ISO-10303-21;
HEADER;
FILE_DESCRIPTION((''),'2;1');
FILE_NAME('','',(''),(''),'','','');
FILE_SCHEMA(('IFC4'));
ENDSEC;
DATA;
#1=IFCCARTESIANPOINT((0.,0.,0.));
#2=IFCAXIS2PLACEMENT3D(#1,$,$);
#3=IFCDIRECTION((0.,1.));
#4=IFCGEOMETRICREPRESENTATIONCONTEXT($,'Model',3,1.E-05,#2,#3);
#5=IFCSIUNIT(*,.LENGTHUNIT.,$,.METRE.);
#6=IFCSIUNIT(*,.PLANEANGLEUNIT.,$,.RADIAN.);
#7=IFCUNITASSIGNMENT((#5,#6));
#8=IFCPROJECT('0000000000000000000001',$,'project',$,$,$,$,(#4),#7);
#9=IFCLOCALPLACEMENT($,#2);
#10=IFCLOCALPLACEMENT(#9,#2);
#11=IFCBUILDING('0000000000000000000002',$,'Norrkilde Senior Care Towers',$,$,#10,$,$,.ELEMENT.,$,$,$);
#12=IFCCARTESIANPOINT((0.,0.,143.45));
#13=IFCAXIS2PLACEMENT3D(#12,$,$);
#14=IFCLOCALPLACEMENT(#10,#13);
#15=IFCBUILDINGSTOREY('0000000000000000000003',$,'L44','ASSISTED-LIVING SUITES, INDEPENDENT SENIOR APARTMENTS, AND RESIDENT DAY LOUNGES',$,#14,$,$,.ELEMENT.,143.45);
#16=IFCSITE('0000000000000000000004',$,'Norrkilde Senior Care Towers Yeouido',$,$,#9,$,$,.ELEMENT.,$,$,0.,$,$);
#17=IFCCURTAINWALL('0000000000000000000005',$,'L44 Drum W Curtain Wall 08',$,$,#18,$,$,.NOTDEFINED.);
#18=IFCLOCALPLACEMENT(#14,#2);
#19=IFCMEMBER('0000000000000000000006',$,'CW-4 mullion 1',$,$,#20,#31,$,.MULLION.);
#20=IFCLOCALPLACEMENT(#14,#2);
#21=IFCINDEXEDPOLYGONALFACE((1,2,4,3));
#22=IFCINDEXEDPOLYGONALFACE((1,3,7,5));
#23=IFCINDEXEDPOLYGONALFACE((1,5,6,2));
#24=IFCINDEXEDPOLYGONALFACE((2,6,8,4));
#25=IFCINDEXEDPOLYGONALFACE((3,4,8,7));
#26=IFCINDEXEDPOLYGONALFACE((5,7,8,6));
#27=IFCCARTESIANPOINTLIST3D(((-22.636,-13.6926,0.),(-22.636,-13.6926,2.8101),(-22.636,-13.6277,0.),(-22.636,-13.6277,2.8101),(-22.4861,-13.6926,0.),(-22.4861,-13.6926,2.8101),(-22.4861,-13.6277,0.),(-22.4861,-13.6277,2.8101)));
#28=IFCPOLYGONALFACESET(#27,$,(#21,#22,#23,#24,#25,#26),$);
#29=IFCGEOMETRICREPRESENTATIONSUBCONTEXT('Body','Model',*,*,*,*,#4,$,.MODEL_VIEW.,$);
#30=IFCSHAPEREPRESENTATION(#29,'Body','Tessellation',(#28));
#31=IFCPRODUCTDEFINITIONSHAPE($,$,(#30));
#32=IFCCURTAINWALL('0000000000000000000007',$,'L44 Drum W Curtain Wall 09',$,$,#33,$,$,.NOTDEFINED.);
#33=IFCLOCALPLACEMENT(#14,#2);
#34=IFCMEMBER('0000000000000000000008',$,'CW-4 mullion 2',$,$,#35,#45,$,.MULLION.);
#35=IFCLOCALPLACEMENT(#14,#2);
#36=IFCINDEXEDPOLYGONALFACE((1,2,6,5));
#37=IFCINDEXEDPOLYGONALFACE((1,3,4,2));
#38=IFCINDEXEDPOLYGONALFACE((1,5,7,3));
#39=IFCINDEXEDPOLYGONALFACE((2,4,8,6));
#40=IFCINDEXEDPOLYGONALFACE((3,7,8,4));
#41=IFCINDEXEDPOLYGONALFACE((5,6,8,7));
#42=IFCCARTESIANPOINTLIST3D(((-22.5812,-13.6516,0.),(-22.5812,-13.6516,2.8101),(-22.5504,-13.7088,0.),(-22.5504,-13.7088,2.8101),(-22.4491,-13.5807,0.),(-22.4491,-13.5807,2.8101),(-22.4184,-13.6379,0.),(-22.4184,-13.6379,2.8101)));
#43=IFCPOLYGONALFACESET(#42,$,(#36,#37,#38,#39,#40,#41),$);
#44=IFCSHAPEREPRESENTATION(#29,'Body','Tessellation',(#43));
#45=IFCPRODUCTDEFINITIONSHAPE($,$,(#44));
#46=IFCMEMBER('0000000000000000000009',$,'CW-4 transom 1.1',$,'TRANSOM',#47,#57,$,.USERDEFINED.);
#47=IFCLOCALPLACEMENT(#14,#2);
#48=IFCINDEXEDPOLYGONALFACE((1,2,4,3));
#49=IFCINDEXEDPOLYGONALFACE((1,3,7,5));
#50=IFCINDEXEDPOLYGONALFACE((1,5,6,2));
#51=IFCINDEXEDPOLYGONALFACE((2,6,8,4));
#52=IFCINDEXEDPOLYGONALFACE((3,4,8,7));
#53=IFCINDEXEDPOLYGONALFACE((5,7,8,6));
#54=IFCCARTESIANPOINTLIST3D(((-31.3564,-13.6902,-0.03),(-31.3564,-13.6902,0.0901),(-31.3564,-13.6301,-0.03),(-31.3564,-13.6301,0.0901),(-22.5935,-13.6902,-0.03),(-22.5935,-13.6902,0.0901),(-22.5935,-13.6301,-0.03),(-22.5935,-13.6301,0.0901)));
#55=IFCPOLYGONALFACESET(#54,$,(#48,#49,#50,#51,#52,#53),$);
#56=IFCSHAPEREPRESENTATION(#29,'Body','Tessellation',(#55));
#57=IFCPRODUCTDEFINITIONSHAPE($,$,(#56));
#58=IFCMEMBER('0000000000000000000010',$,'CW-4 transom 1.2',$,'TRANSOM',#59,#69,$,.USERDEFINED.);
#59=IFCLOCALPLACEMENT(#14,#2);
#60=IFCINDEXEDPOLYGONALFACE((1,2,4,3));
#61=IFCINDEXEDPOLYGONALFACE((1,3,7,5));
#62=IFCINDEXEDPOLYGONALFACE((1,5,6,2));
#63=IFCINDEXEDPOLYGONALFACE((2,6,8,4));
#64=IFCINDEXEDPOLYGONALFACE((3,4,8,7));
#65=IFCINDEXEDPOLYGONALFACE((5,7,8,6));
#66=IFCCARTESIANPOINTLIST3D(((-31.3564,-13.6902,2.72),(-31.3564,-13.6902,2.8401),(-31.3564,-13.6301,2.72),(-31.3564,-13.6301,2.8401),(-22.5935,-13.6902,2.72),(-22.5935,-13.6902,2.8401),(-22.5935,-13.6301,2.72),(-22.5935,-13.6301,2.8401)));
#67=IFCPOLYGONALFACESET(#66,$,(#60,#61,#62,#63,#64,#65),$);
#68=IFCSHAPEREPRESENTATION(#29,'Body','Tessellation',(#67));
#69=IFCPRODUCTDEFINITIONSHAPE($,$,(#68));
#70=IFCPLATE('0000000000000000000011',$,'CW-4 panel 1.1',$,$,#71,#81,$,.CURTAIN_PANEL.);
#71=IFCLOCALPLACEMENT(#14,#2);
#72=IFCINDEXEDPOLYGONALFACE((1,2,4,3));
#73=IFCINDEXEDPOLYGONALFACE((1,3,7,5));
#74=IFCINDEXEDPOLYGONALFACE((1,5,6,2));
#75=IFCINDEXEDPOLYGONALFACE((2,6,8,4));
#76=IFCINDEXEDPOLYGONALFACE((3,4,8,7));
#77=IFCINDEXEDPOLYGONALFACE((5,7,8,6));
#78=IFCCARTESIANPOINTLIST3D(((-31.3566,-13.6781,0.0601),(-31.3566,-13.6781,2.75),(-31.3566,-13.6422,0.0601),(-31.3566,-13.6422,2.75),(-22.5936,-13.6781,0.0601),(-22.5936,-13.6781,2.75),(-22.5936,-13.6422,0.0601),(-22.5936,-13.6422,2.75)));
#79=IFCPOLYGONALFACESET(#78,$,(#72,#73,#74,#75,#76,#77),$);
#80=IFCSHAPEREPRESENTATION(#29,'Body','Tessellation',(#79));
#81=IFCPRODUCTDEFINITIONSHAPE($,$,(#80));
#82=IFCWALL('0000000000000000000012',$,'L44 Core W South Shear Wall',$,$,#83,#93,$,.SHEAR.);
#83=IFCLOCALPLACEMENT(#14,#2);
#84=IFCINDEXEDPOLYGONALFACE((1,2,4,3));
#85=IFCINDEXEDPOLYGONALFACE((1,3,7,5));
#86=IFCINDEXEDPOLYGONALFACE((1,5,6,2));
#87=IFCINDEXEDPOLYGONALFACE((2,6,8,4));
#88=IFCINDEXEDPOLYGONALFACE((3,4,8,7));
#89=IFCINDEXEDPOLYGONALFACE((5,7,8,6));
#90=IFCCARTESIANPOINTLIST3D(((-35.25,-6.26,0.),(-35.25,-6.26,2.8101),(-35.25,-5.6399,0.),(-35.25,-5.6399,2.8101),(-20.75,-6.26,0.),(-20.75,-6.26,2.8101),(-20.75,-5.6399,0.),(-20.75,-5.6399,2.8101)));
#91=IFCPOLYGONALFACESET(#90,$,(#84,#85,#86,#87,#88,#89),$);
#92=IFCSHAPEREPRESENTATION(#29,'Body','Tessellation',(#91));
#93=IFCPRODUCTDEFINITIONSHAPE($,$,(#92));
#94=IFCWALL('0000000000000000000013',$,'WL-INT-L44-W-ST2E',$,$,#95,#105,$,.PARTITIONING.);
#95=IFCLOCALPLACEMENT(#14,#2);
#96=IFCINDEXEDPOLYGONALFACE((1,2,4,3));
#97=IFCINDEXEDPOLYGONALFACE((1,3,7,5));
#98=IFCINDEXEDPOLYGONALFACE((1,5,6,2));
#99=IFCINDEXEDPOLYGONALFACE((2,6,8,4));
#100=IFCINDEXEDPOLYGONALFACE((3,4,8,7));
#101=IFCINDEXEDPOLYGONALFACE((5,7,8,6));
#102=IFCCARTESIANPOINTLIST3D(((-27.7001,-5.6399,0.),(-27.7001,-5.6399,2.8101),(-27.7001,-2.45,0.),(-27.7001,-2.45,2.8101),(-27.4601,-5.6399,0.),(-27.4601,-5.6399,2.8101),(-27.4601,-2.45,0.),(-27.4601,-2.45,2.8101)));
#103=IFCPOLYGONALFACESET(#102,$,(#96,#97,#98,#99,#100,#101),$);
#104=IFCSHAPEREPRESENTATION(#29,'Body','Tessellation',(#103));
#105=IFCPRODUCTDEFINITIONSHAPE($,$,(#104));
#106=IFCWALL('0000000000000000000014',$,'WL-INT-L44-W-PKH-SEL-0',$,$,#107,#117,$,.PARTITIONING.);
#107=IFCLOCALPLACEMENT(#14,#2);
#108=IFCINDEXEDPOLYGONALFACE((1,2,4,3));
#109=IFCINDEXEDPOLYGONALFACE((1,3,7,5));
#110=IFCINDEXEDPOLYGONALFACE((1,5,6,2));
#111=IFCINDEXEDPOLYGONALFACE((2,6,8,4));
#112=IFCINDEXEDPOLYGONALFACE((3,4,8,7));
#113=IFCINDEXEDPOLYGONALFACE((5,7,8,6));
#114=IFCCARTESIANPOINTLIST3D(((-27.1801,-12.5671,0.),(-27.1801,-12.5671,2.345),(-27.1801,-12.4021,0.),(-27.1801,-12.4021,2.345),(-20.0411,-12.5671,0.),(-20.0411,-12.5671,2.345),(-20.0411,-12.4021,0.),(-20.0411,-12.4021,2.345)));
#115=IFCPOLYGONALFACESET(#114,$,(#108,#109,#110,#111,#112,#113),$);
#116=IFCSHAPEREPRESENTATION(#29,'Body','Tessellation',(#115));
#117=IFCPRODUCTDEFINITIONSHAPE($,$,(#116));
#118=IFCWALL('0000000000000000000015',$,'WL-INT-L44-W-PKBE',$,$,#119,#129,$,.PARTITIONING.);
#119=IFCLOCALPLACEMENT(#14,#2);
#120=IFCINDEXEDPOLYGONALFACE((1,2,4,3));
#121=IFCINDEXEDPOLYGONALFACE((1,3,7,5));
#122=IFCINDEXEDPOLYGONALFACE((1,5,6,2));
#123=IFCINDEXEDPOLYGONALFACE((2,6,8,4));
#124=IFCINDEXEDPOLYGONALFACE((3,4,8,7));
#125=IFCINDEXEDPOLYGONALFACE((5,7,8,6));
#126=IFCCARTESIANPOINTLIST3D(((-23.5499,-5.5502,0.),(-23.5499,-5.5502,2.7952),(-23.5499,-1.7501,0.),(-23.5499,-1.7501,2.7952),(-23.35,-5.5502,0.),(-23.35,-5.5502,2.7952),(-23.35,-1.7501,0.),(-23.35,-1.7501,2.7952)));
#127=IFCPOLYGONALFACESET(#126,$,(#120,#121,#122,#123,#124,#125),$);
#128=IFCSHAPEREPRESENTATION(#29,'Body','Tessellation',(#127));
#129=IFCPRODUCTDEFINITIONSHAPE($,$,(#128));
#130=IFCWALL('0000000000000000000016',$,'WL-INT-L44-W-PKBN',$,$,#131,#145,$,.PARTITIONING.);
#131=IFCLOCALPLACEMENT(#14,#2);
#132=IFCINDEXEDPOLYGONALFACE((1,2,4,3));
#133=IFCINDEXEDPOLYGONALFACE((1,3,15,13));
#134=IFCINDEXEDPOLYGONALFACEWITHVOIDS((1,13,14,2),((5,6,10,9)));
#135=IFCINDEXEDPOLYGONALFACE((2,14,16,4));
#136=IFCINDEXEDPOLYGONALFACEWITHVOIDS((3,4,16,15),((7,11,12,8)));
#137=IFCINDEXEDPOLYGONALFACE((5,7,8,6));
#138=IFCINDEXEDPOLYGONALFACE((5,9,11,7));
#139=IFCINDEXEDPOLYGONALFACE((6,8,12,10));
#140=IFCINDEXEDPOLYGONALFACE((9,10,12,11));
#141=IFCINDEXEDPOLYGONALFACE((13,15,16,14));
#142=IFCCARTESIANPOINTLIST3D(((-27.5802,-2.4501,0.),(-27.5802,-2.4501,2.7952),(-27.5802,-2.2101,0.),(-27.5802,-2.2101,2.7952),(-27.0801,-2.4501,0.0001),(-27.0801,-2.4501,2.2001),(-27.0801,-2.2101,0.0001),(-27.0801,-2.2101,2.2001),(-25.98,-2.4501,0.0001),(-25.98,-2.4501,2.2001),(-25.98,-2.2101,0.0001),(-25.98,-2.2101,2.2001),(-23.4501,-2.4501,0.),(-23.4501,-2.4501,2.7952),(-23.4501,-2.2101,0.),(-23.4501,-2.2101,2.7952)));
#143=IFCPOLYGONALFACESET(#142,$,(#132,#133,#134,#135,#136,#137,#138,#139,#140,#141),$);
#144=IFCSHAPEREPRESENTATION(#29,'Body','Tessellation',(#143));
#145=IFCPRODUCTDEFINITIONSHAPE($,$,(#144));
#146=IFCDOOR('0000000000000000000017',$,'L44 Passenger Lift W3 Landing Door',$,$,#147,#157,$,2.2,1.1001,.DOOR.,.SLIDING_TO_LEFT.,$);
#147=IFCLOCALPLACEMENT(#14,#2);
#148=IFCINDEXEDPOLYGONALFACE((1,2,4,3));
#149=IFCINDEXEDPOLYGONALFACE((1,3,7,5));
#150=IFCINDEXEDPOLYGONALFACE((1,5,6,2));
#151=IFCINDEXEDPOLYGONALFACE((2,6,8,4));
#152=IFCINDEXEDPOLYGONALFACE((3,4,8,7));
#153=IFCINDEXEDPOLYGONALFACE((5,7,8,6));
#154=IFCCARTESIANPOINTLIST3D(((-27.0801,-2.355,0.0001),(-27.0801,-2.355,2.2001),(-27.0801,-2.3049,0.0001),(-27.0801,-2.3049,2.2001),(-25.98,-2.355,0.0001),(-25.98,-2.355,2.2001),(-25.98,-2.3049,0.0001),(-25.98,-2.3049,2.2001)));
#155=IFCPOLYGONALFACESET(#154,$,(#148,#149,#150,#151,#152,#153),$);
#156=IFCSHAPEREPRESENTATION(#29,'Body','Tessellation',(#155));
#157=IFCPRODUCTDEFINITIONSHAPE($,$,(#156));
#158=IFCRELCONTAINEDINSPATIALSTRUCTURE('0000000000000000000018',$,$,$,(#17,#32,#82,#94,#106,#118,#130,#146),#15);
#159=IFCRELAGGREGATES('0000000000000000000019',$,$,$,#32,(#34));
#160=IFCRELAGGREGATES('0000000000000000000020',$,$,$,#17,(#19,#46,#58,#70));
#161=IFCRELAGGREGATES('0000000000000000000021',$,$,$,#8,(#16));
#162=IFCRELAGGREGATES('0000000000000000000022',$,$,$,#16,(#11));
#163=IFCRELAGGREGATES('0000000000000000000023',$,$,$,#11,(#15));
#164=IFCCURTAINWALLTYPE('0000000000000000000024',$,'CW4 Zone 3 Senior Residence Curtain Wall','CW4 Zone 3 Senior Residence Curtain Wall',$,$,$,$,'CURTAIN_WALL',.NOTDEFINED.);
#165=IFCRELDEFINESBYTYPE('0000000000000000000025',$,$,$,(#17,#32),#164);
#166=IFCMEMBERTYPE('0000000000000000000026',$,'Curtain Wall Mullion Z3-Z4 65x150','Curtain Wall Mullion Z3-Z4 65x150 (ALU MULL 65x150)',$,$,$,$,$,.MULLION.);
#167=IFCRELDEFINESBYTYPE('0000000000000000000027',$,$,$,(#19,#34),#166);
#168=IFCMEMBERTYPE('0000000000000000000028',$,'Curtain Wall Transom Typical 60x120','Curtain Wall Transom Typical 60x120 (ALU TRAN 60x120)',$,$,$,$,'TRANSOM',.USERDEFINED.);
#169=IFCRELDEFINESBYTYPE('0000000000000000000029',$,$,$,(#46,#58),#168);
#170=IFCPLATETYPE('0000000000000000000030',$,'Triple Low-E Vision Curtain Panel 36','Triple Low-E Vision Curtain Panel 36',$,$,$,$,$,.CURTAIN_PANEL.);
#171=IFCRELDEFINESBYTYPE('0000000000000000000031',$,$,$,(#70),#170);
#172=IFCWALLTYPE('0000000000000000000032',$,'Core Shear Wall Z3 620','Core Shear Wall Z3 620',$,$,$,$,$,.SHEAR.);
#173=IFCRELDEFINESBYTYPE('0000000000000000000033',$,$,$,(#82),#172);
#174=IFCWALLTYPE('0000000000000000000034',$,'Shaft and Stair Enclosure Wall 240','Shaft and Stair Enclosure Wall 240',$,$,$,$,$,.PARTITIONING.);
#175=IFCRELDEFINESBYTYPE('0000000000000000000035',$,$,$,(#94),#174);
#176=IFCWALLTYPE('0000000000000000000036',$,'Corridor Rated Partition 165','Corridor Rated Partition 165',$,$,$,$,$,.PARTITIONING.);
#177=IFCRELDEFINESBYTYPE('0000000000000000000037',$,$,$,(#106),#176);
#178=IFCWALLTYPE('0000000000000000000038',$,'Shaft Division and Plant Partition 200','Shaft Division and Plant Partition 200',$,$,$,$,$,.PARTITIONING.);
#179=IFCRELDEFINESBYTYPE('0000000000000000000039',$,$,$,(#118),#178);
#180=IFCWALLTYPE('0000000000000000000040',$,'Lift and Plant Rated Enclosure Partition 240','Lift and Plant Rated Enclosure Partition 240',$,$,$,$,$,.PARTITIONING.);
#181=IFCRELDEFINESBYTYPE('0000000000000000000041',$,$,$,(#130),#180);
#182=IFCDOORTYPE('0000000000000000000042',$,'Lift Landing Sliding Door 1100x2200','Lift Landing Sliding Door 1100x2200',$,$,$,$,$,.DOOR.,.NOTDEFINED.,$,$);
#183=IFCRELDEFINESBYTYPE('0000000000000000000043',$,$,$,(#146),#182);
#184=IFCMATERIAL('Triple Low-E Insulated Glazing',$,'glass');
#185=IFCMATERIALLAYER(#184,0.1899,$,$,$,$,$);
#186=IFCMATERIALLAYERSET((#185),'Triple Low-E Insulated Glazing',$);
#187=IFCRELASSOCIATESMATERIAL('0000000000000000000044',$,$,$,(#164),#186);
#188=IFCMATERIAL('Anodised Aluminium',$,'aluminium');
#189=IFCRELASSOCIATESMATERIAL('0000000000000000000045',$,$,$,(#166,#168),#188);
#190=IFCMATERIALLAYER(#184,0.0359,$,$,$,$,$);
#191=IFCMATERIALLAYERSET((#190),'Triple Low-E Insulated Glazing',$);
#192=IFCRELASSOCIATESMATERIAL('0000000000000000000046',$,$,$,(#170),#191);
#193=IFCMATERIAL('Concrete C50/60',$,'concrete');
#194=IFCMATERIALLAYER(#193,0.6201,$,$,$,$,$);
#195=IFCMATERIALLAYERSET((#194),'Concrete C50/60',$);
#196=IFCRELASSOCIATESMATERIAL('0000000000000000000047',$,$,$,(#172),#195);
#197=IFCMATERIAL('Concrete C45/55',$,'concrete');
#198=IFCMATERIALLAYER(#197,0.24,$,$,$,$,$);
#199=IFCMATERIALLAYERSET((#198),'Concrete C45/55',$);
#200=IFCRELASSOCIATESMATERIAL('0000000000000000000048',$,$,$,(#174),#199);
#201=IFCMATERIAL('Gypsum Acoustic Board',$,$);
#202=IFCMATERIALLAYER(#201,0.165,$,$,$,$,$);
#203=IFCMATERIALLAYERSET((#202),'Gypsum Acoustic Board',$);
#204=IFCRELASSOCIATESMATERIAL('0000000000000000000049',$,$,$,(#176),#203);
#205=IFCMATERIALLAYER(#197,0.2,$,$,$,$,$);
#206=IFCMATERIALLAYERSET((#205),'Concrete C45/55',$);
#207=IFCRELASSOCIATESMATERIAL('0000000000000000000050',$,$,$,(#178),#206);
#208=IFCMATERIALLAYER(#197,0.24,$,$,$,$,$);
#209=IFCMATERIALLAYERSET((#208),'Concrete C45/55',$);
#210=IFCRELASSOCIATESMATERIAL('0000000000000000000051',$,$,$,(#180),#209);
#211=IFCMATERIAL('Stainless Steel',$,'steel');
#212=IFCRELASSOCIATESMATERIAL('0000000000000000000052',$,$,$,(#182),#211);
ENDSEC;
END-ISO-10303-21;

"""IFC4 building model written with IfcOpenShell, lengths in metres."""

from ifc_helpers import new_model, si_unit, direction, frame, frame_2d, origin, origin_2d, place, context, subcontext, project, spatial, rectangle, extrude, source, transform, mapped, material, layer, layer_set, material_profile, profile_set, type_object, type_shapes, element, fill, aggregate, save


model = new_model("IFC4")

# Units and contexts
model_context = context("Model", 3, precision=1e-05, world=origin(), true_north=direction((0.0, 1.0)))
body_context = subcontext(model_context, "Body", "Model", "MODEL_VIEW")
ifc_project = project(units=[si_unit("LENGTHUNIT", "METRE"), si_unit("PLANEANGLEUNIT", "RADIAN")], contexts=[model_context])

# Site, building, storey
site_placement = place(None, origin())
site = spatial("IfcSite", under=ifc_project, at=site_placement, Name="Norrkilde Senior Care Towers Yeouido", CompositionType="ELEMENT", RefElevation=0.0)
building_placement = place(site_placement, origin())
building = spatial("IfcBuilding", under=site, at=building_placement, Name="Norrkilde Senior Care Towers", CompositionType="ELEMENT")
storey_placement = place(building_placement, frame((0.0, 0.0, 143.45)))
storey = spatial("IfcBuildingStorey", under=building, at=storey_placement, Name="L44", Description="ASSISTED-LIVING SUITES, INDEPENDENT SENIOR APARTMENTS, AND RESIDENT DAY LOUNGES", CompositionType="ELEMENT", Elevation=143.45)

# Shared definitions
ifc_material_1 = material(Name="Concrete C50/60", Category="concrete")

# Curtain walls, members
ifc_material_2 = material(Name="Triple Low-E Insulated Glazing", Category="glass")
ifc_layer_1 = layer(ifc_material_2, 0.1899)
ifc_layer_set_1 = layer_set([ifc_layer_1], Name="Triple Low-E Insulated Glazing")
curtain_wall_type = type_object("IfcCurtainWallType", Name="CW4 Zone 3 Senior Residence Curtain Wall", Description="CW4 Zone 3 Senior Residence Curtain Wall", ElementType="CURTAIN_WALL", PredefinedType="NOTDEFINED", material=ifc_layer_set_1)
curtain_wall_1_placement = place(storey_placement, origin())
curtain_wall_1 = element("IfcCurtainWall", 1, at=curtain_wall_1_placement, inside=storey, type_object=curtain_wall_type, Name="L44 Drum W Curtain Wall 08", PredefinedType="NOTDEFINED")
ifc_material_3 = material(Name="Anodised Aluminium", Category="aluminium")
ifc_material_profile_1 = material_profile(ifc_material_3, rectangle(XDim=0.0649, YDim=0.1499, at=origin_2d()), Name="ALU MULL 65x150")
ifc_profile_set_1 = profile_set([ifc_material_profile_1], Name="Anodised Aluminium")
member_type_1 = type_object("IfcMemberType", Name="Curtain Wall Mullion Z3-Z4 65x150", Description="Curtain Wall Mullion Z3-Z4 65x150 (ALU MULL 65x150)", PredefinedType="MULLION", material=ifc_profile_set_1)
shared_shape_1 = source(origin(), body_context, "Body", "SweptSolid", [
    extrude(rectangle(XDim=0.0649, YDim=0.1499, at=origin_2d()), origin(), (0.0, 0.0, 1.0), 2.8101),
])
type_shapes(member_type_1, [shared_shape_1])
member_1_placement = place(storey_placement, frame((-22.561, -13.6602, 0.0), z_axis=(0.0, 0.0, 1.0), x_axis=(0.0, -1.0, 0.0)))
member_1 = element("IfcMember", 2, at=member_1_placement, type_object=member_type_1, Name="CW-4 mullion 1", PredefinedType="MULLION", context=body_context, shape_type="MappedRepresentation", body=[
    mapped(shared_shape_1, transform((0.0, 0.0, 0.0), x_axis=(1.0, 0.0, 0.0), y_axis=(0.0, 1.0, 0.0), z_axis=(0.0, 0.0, 1.0), scale=1.0)),
])
curtain_wall_2_placement = place(storey_placement, origin())
curtain_wall_2 = element("IfcCurtainWall", 3, at=curtain_wall_2_placement, inside=storey, type_object=curtain_wall_type, Name="L44 Drum W Curtain Wall 09", PredefinedType="NOTDEFINED")
member_2_placement = place(storey_placement, frame((-22.4998, -13.6448, 0.0), z_axis=(0.0, 0.0, 1.0), x_axis=(0.473117, -0.881, 0.0)))
member_2 = element("IfcMember", 4, at=member_2_placement, type_object=member_type_1, Name="CW-4 mullion 2", PredefinedType="MULLION", context=body_context, shape_type="MappedRepresentation", body=[
    mapped(shared_shape_1, transform((0.0, 0.0, 0.0), x_axis=(1.0, 0.0, 0.0), y_axis=(0.0, 1.0, 0.0), z_axis=(0.0, 0.0, 1.0), scale=1.0)),
])
aggregate(curtain_wall_2, [member_2])

# Members
ifc_material_profile_2 = material_profile(ifc_material_3, rectangle(XDim=0.0601, YDim=0.1201, at=origin_2d()), Name="ALU TRAN 60x120")
ifc_profile_set_2 = profile_set([ifc_material_profile_2], Name="Anodised Aluminium")
member_type_2 = type_object("IfcMemberType", Name="Curtain Wall Transom Typical 60x120", Description="Curtain Wall Transom Typical 60x120 (ALU TRAN 60x120)", ElementType="TRANSOM", PredefinedType="USERDEFINED", material=ifc_profile_set_2)
shared_shape_2 = source(origin(), body_context, "Body", "SweptSolid", [
    extrude(rectangle(XDim=0.0601, YDim=0.1201, at=origin_2d()), origin(), (0.0, 0.0, 1.0), 8.7629),
])
type_shapes(member_type_2, [shared_shape_2])
member_3_placement = place(storey_placement, frame((-22.5935, -13.6602, 0.03), z_axis=(-1.0, 0.0, 0.0), x_axis=(0.0, -1.0, 0.0)))
member_3 = element("IfcMember", 5, at=member_3_placement, type_object=member_type_2, Name="CW-4 transom 1.1", ObjectType="TRANSOM", PredefinedType="USERDEFINED", context=body_context, shape_type="MappedRepresentation", body=[
    mapped(shared_shape_2, transform((0.0, 0.0, 0.0), x_axis=(1.0, 0.0, 0.0), y_axis=(0.0, 1.0, 0.0), z_axis=(0.0, 0.0, 1.0), scale=1.0)),
])
member_4_placement = place(storey_placement, frame((-22.5935, -13.6602, 2.78), z_axis=(-1.0, 0.0, 0.0), x_axis=(0.0, -1.0, 0.0)))
member_4 = element("IfcMember", 6, at=member_4_placement, type_object=member_type_2, Name="CW-4 transom 1.2", ObjectType="TRANSOM", PredefinedType="USERDEFINED", context=body_context, shape_type="MappedRepresentation", body=[
    mapped(shared_shape_2, transform((0.0, 0.0, 0.0), x_axis=(1.0, 0.0, 0.0), y_axis=(0.0, 1.0, 0.0), z_axis=(0.0, 0.0, 1.0), scale=1.0)),
])

# Plate
ifc_layer_2 = layer(ifc_material_2, 0.0359)
ifc_layer_set_2 = layer_set([ifc_layer_2], Name="Triple Low-E Insulated Glazing")
plate_type = type_object("IfcPlateType", Name="Triple Low-E Vision Curtain Panel 36", Description="Triple Low-E Vision Curtain Panel 36", PredefinedType="CURTAIN_PANEL", material=ifc_layer_set_2)
shared_shape_3 = source(origin(), body_context, "Body", "SweptSolid", [
    extrude(rectangle(XDim=8.7629, YDim=0.0359, at=origin_2d()), origin(), (0.0, 0.0, 1.0), 2.6899),
])
type_shapes(plate_type, [shared_shape_3])
plate_placement = place(storey_placement, frame((-26.9751, -13.6602, 0.0601), z_axis=(0.0, 0.0, 1.0), x_axis=(-1.0, 0.0, 0.0)))
plate = element("IfcPlate", 7, at=plate_placement, type_object=plate_type, Name="CW-4 panel 1.1", PredefinedType="CURTAIN_PANEL", context=body_context, shape_type="MappedRepresentation", body=[
    mapped(shared_shape_3, transform((0.0, 0.0, 0.0), x_axis=(1.0, 0.0, 0.0), y_axis=(0.0, 1.0, 0.0), z_axis=(0.0, 0.0, 1.0), scale=1.0)),
])
aggregate(curtain_wall_1, [member_1, member_3, member_4, plate])

# Walls
ifc_layer_3 = layer(ifc_material_1, 0.6201)
ifc_layer_set_3 = layer_set([ifc_layer_3], Name="Concrete C50/60")
wall_type_1 = type_object("IfcWallType", Name="Core Shear Wall Z3 620", Description="Core Shear Wall Z3 620", PredefinedType="SHEAR", material=ifc_layer_set_3)
shared_shape_4 = source(origin(), body_context, "Body", "SweptSolid", [
    extrude(rectangle(XDim=14.5, YDim=0.6201, at=frame_2d((7.25, 0.0))), origin(), (0.0, 0.0, 1.0), 2.8101),
])
type_shapes(wall_type_1, [shared_shape_4])
wall_1_placement = place(storey_placement, frame((-20.75, -5.95, 0.0), z_axis=(0.0, 0.0, 1.0), x_axis=(-1.0, 0.0, 0.0)))
element("IfcWall", 8, at=wall_1_placement, inside=storey, type_object=wall_type_1, Name="L44 Core W South Shear Wall", PredefinedType="SHEAR", context=body_context, shape_type="MappedRepresentation", body=[
    mapped(shared_shape_4, transform((0.0, 0.0, 0.0), x_axis=(1.0, 0.0, 0.0), y_axis=(0.0, 1.0, 0.0), z_axis=(0.0, 0.0, 1.0), scale=1.0)),
])
ifc_material_4 = material(Name="Concrete C45/55", Category="concrete")
ifc_layer_4 = layer(ifc_material_4, 0.24)
ifc_layer_set_4 = layer_set([ifc_layer_4], Name="Concrete C45/55")
wall_type_2 = type_object("IfcWallType", Name="Shaft and Stair Enclosure Wall 240", Description="Shaft and Stair Enclosure Wall 240", PredefinedType="PARTITIONING", material=ifc_layer_set_4)
shared_shape_5 = source(origin(), body_context, "Body", "SweptSolid", [
    extrude(rectangle(XDim=3.1899, YDim=0.24, at=frame_2d((1.595, 0.0))), origin(), (0.0, 0.0, 1.0), 2.8101),
])
type_shapes(wall_type_2, [shared_shape_5])
wall_2_placement = place(storey_placement, frame((-27.5801, -5.6399, 0.0), z_axis=(0.0, 0.0, 1.0), x_axis=(0.0, 1.0, 0.0)))
element("IfcWall", 9, at=wall_2_placement, inside=storey, type_object=wall_type_2, Name="WL-INT-L44-W-ST2E", PredefinedType="PARTITIONING", context=body_context, shape_type="MappedRepresentation", body=[
    mapped(shared_shape_5, transform((0.0, 0.0, 0.0), x_axis=(1.0, 0.0, 0.0), y_axis=(0.0, 1.0, 0.0), z_axis=(0.0, 0.0, 1.0), scale=1.0)),
])
ifc_material_5 = material(Name="Gypsum Acoustic Board")
ifc_layer_5 = layer(ifc_material_5, 0.165)
ifc_layer_set_5 = layer_set([ifc_layer_5], Name="Gypsum Acoustic Board")
wall_type_3 = type_object("IfcWallType", Name="Corridor Rated Partition 165", Description="Corridor Rated Partition 165", PredefinedType="PARTITIONING", material=ifc_layer_set_5)
shared_shape_6 = source(origin(), body_context, "Body", "SweptSolid", [
    extrude(rectangle(XDim=7.1389, YDim=0.165, at=frame_2d((3.5693, 0.0))), origin(), (0.0, 0.0, 1.0), 2.345),
])
wall_3_placement = place(storey_placement, frame((-27.1799, -12.4846, 0.0), z_axis=(0.0, 0.0, 1.0), x_axis=(1.0, 0.0, 0.0)))
element("IfcWall", 10, at=wall_3_placement, inside=storey, type_object=wall_type_3, Name="WL-INT-L44-W-PKH-SEL-0", PredefinedType="PARTITIONING", context=body_context, shape_type="MappedRepresentation", body=[
    mapped(shared_shape_6, transform((0.0, 0.0, 0.0), x_axis=(1.0, 0.0, 0.0), y_axis=(0.0, 1.0, 0.0), z_axis=(0.0, 0.0, 1.0), scale=1.0)),
])
ifc_layer_6 = layer(ifc_material_4, 0.2)
ifc_layer_set_6 = layer_set([ifc_layer_6], Name="Concrete C45/55")
wall_type_4 = type_object("IfcWallType", Name="Shaft Division and Plant Partition 200", Description="Shaft Division and Plant Partition 200", PredefinedType="PARTITIONING", material=ifc_layer_set_6)
shared_shape_7 = source(origin(), body_context, "Body", "SweptSolid", [
    extrude(rectangle(XDim=3.8, YDim=0.2, at=frame_2d((1.8999, 0.0))), origin(), (0.0, 0.0, 1.0), 2.7952),
])
type_shapes(wall_type_4, [shared_shape_7])
wall_4_placement = place(storey_placement, frame((-23.45, -5.55, 0.0), z_axis=(0.0, 0.0, 1.0), x_axis=(0.0, 1.0, 0.0)))
element("IfcWall", 11, at=wall_4_placement, inside=storey, type_object=wall_type_4, Name="WL-INT-L44-W-PKBE", PredefinedType="PARTITIONING", context=body_context, shape_type="MappedRepresentation", body=[
    mapped(shared_shape_7, transform((0.0, 0.0, 0.0), x_axis=(1.0, 0.0, 0.0), y_axis=(0.0, 1.0, 0.0), z_axis=(0.0, 0.0, 1.0), scale=1.0)),
])

# Wall, opening, door
ifc_layer_7 = layer(ifc_material_4, 0.24)
ifc_layer_set_7 = layer_set([ifc_layer_7], Name="Concrete C45/55")
wall_type_5 = type_object("IfcWallType", Name="Lift and Plant Rated Enclosure Partition 240", Description="Lift and Plant Rated Enclosure Partition 240", PredefinedType="PARTITIONING", material=ifc_layer_set_7)
shared_shape_8 = source(origin(), body_context, "Body", "SweptSolid", [
    extrude(rectangle(XDim=4.1301, YDim=0.24, at=frame_2d((2.0649, 0.0))), origin(), (0.0, 0.0, 1.0), 2.7952),
])
type_shapes(wall_type_5, [shared_shape_8])
wall_5_placement = place(storey_placement, frame((-27.5801, -2.3301, 0.0), z_axis=(0.0, 0.0, 1.0), x_axis=(1.0, 0.0, 0.0)))
wall_5 = element("IfcWall", 12, at=wall_5_placement, inside=storey, type_object=wall_type_5, Name="WL-INT-L44-W-PKBN", PredefinedType="PARTITIONING", context=body_context, shape_type="MappedRepresentation", body=[
    mapped(shared_shape_8, transform((0.0, 0.0, 0.0), x_axis=(1.0, 0.0, 0.0), y_axis=(0.0, 1.0, 0.0), z_axis=(0.0, 0.0, 1.0), scale=1.0)),
])
opening_1_placement = place(wall_5_placement, frame((0.5, 0.0, 0.0)))
opening_1 = element("IfcOpeningElement", 13, at=opening_1_placement, cuts=wall_5, PredefinedType="OPENING", context=body_context, shape_type="SweptSolid", body=[
    extrude(rectangle(XDim=1.1001, YDim=2.2, at=frame_2d((0.55, 1.1001))), frame((0.0, 0.1299, 0.0), z_axis=(0.0, -1.0, 0.0), x_axis=(1.0, 0.0, 0.0)), (0.0, 0.0, 1.0), 0.26),
])
ifc_material_6 = material(Name="Stainless Steel", Category="steel")
door_type_1 = type_object("IfcDoorType", Name="Lift Landing Sliding Door 1100x2200", Description="Lift Landing Sliding Door 1100x2200", OperationType="NOTDEFINED", PredefinedType="DOOR", material=ifc_material_6)
shared_shape_9 = source(origin(), body_context, "Body", "SweptSolid", [
    extrude(rectangle(XDim=1.1001, YDim=2.2, at=frame_2d((0.55, 1.1001))), frame((0.0, 0.0249, 0.0), z_axis=(0.0, -1.0, 0.0), x_axis=(1.0, 0.0, 0.0)), (0.0, 0.0, 1.0), 0.05),
])
type_shapes(door_type_1, [shared_shape_9])
door_1_placement = place(opening_1_placement, frame((1.1001, 0.0, 0.0), z_axis=(0.0, 0.0, 1.0), x_axis=(-1.0, 0.0, 0.0)))
door_1 = element("IfcDoor", 14, at=door_1_placement, inside=storey, type_object=door_type_1, Name="L44 Passenger Lift W3 Landing Door", OperationType="SLIDING_TO_LEFT", OverallHeight=2.2, OverallWidth=1.1001, PredefinedType="DOOR", context=body_context, shape_type="MappedRepresentation", body=[
    mapped(shared_shape_9, transform((0.0, 0.0, 0.0), x_axis=(1.0, 0.0, 0.0), y_axis=(0.0, 1.0, 0.0), z_axis=(0.0, 0.0, 1.0), scale=1.0)),
])
fill(opening_1, door_1)

save(model, "model.ifc")
